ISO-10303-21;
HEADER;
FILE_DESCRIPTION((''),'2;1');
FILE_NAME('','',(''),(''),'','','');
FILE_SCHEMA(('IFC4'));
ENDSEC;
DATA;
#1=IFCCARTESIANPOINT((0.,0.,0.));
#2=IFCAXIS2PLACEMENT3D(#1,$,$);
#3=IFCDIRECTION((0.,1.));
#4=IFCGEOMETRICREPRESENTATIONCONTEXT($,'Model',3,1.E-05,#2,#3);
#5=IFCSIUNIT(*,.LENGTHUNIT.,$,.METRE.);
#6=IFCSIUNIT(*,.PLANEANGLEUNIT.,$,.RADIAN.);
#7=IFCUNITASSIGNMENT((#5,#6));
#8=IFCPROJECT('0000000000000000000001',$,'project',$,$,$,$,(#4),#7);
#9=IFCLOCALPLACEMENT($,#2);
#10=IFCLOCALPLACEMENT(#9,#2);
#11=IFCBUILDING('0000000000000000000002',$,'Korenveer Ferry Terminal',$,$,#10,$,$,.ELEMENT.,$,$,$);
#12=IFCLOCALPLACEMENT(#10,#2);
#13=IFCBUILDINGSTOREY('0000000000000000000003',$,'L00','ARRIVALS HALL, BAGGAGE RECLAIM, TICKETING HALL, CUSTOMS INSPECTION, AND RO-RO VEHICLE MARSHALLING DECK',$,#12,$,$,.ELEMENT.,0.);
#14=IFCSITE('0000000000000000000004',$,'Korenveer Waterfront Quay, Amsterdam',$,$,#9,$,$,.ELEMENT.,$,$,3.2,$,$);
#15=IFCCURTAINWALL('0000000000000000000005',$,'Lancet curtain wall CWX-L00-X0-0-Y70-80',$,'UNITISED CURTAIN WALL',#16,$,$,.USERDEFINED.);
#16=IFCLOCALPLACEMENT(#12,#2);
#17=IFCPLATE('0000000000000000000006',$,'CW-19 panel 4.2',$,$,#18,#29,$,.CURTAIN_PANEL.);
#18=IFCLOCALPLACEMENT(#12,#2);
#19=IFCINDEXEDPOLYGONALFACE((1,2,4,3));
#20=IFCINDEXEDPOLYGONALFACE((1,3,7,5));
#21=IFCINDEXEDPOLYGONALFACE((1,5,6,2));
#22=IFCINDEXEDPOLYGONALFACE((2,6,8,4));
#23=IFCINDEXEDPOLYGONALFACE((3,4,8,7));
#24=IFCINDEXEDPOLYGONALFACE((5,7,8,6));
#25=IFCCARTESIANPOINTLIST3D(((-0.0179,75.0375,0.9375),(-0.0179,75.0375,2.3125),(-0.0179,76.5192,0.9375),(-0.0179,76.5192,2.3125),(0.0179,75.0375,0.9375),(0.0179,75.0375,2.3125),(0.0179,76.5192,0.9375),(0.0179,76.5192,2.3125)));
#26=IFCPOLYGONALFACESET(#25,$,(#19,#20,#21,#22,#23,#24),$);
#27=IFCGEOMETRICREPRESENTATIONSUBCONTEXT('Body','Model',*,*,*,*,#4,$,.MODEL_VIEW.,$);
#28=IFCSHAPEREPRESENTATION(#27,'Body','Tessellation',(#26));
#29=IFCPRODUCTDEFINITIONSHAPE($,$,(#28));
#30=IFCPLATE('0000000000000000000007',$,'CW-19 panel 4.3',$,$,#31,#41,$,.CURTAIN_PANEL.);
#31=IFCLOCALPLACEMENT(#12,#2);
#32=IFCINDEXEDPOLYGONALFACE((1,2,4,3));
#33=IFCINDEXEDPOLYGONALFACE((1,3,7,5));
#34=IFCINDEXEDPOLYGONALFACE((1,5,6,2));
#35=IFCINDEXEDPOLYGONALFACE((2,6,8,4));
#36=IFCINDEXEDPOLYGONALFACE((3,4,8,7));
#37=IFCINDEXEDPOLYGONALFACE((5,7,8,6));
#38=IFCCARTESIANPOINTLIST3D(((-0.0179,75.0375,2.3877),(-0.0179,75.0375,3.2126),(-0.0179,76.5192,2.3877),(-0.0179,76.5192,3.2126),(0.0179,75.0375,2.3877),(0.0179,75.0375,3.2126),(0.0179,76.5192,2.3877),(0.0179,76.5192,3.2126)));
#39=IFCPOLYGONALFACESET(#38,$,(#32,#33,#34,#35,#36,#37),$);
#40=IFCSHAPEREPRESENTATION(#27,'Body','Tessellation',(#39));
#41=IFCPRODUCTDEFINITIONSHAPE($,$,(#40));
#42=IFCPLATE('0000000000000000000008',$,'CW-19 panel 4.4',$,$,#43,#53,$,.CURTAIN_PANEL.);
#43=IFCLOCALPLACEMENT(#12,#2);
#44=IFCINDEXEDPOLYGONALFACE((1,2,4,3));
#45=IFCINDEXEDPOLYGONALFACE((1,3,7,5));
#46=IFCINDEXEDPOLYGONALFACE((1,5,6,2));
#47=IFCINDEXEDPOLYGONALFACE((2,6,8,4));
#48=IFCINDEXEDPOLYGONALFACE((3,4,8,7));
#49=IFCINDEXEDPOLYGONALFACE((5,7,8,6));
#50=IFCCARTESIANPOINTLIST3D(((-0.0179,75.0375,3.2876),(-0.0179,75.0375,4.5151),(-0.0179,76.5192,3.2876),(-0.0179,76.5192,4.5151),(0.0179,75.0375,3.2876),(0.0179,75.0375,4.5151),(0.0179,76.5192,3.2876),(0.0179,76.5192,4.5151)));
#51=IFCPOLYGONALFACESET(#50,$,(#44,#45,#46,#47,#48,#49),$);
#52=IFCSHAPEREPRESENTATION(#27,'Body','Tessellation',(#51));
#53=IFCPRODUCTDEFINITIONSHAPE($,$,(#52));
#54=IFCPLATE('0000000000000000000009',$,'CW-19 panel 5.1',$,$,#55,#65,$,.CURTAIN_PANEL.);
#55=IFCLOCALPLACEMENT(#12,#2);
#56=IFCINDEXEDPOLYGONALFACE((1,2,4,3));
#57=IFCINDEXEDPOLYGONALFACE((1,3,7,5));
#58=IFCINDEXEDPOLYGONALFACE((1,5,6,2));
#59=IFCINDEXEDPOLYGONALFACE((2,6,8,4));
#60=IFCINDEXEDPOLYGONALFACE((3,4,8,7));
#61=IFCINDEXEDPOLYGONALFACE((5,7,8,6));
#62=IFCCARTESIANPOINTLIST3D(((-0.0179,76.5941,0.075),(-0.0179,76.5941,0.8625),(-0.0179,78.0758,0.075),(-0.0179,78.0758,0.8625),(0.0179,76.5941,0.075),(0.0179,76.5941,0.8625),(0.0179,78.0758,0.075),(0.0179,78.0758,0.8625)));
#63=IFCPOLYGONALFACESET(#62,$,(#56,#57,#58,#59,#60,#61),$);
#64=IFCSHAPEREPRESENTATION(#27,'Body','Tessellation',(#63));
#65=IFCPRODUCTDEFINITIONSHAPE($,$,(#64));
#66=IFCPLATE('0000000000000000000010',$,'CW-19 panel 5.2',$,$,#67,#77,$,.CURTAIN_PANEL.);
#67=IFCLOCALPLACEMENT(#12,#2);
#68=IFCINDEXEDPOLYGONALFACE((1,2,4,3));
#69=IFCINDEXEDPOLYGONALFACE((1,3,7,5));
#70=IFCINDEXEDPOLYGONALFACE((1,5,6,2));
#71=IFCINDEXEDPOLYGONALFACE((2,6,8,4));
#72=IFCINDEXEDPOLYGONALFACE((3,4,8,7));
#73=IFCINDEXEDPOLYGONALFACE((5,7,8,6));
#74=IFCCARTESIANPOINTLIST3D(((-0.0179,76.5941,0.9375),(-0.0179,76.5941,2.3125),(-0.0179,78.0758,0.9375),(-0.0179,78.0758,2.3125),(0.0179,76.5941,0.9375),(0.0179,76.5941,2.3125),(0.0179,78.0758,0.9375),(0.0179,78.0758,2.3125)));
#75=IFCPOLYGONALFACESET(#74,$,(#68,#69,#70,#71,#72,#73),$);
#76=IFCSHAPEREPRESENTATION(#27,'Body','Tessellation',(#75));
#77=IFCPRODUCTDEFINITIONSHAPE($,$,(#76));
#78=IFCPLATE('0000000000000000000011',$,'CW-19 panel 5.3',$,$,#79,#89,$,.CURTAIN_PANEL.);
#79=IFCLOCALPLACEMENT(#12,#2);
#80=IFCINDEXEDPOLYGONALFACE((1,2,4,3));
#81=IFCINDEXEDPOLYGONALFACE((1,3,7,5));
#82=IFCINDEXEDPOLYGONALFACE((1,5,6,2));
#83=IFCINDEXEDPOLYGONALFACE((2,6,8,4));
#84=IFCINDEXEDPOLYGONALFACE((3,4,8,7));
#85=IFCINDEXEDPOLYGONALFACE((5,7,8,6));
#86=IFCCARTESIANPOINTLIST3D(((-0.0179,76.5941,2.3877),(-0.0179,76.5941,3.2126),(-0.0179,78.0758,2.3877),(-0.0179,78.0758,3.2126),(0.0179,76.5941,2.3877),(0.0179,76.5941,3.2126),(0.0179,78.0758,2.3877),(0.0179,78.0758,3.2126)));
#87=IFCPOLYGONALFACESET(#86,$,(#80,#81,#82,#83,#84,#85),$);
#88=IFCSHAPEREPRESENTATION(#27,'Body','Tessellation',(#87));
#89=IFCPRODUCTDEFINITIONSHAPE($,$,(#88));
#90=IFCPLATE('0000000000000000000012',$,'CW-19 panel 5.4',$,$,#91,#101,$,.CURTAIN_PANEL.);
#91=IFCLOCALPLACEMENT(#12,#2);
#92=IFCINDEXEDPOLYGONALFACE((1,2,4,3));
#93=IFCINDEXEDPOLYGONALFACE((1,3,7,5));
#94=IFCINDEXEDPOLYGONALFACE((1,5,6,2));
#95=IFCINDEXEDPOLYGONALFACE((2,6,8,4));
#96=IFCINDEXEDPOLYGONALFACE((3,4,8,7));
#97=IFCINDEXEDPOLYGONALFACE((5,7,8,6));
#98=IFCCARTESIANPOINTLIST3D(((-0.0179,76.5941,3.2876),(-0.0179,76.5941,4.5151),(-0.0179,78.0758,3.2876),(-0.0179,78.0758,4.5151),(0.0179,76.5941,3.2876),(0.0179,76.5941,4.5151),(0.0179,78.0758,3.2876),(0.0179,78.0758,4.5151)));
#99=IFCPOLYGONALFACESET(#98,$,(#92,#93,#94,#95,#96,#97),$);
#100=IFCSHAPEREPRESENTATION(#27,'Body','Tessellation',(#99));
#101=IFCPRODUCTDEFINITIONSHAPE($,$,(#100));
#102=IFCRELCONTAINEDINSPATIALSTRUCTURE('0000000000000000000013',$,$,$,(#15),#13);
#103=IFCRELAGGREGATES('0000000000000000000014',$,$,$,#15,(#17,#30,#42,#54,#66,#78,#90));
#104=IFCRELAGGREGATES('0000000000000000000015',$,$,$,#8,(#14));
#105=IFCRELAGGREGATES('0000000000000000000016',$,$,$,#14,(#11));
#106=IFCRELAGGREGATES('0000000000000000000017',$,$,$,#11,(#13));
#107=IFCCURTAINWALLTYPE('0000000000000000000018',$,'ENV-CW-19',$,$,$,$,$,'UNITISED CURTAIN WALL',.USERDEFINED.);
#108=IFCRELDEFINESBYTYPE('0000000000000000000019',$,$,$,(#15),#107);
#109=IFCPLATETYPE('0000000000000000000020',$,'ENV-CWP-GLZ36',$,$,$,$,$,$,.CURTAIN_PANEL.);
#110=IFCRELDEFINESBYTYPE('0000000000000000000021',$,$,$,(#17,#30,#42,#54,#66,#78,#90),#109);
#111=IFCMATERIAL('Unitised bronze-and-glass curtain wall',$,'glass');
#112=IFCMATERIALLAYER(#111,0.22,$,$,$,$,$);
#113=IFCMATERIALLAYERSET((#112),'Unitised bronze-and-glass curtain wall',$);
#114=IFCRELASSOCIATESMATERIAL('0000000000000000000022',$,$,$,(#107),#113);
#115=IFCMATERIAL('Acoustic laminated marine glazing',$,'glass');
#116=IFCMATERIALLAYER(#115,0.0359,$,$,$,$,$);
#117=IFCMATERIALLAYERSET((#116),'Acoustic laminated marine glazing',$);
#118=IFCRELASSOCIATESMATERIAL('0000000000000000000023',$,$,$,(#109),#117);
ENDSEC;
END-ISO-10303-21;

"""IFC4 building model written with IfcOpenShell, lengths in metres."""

from ifc_helpers import new_model, si_unit, direction, frame, origin, origin_2d, place, context, subcontext, project, spatial, rectangle, extrude, material, layer, layer_set, type_object, element, aggregate, save


model = new_model("IFC4")

# Units and contexts
model_context = context("Model", 3, precision=1e-05, world=origin(), true_north=direction((0.0, 1.0)))
body_context = subcontext(model_context, "Body", "Model", "MODEL_VIEW")
ifc_project = project(units=[si_unit("LENGTHUNIT", "METRE"), si_unit("PLANEANGLEUNIT", "RADIAN")], contexts=[model_context])

# Site, building, storey
site_placement = place(None, origin())
site = spatial("IfcSite", under=ifc_project, at=site_placement, Name="Korenveer Waterfront Quay, Amsterdam", CompositionType="ELEMENT", RefElevation=3.2)
building_placement = place(site_placement, origin())
building = spatial("IfcBuilding", under=site, at=building_placement, Name="Korenveer Ferry Terminal", CompositionType="ELEMENT")
storey_placement = place(building_placement, origin())
storey = spatial("IfcBuildingStorey", under=building, at=storey_placement, Name="L00", Description="ARRIVALS HALL, BAGGAGE RECLAIM, TICKETING HALL, CUSTOMS INSPECTION, AND RO-RO VEHICLE MARSHALLING DECK", CompositionType="ELEMENT", Elevation=0.0)

# Curtain wall, plates
ifc_material_1 = material(Name="Unitised bronze-and-glass curtain wall", Category="glass")
ifc_layer_1 = layer(ifc_material_1, 0.22)
ifc_layer_set_1 = layer_set([ifc_layer_1], Name="Unitised bronze-and-glass curtain wall")
curtain_wall_type = type_object("IfcCurtainWallType", Name="ENV-CW-19", ElementType="UNITISED CURTAIN WALL", PredefinedType="USERDEFINED", material=ifc_layer_set_1)
curtain_wall_placement = place(storey_placement, frame((0.0, 70.3301, 0.0)))
curtain_wall = element("IfcCurtainWall", 1, at=curtain_wall_placement, inside=storey, type_object=curtain_wall_type, Name="Lancet curtain wall CWX-L00-X0-0-Y70-80", ObjectType="UNITISED CURTAIN WALL", PredefinedType="USERDEFINED")
ifc_material_2 = material(Name="Acoustic laminated marine glazing", Category="glass")
ifc_layer_2 = layer(ifc_material_2, 0.0359)
ifc_layer_set_2 = layer_set([ifc_layer_2], Name="Acoustic laminated marine glazing")
plate_type = type_object("IfcPlateType", Name="ENV-CWP-GLZ36", PredefinedType="CURTAIN_PANEL", material=ifc_layer_set_2)
plate_1_placement = place(storey_placement, frame((0.0, 75.7783, 0.9375), z_axis=(0.0, 0.0, 1.0), x_axis=(0.0, 1.0, 0.0)))
plate_1 = element("IfcPlate", 2, at=plate_1_placement, type_object=plate_type, Name="CW-19 panel 4.2", PredefinedType="CURTAIN_PANEL", context=body_context, shape_type="SweptSolid", body=[
    extrude(rectangle(XDim=1.4817, YDim=0.0359, at=origin_2d()), origin(), (0.0, 0.0, 1.0), 1.375),
])
plate_2_placement = place(storey_placement, frame((0.0, 75.7783, 2.3877), z_axis=(0.0, 0.0, 1.0), x_axis=(0.0, 1.0, 0.0)))
plate_2 = element("IfcPlate", 3, at=plate_2_placement, type_object=plate_type, Name="CW-19 panel 4.3", PredefinedType="CURTAIN_PANEL", context=body_context, shape_type="SweptSolid", body=[
    extrude(rectangle(XDim=1.4817, YDim=0.0359, at=origin_2d()), origin(), (0.0, 0.0, 1.0), 0.825),
])
plate_3_placement = place(storey_placement, frame((0.0, 75.7783, 3.2876), z_axis=(0.0, 0.0, 1.0), x_axis=(0.0, 1.0, 0.0)))
plate_3 = element("IfcPlate", 4, at=plate_3_placement, type_object=plate_type, Name="CW-19 panel 4.4", PredefinedType="CURTAIN_PANEL", context=body_context, shape_type="SweptSolid", body=[
    extrude(rectangle(XDim=1.4817, YDim=0.0359, at=origin_2d()), origin(), (0.0, 0.0, 1.0), 1.2275),
])
plate_4_placement = place(storey_placement, frame((0.0, 77.335, 0.075), z_axis=(0.0, 0.0, 1.0), x_axis=(0.0, 1.0, 0.0)))
plate_4 = element("IfcPlate", 5, at=plate_4_placement, type_object=plate_type, Name="CW-19 panel 5.1", PredefinedType="CURTAIN_PANEL", context=body_context, shape_type="SweptSolid", body=[
    extrude(rectangle(XDim=1.4817, YDim=0.0359, at=origin_2d()), origin(), (0.0, 0.0, 1.0), 0.7876),
])
plate_5_placement = place(storey_placement, frame((0.0, 77.335, 0.9375), z_axis=(0.0, 0.0, 1.0), x_axis=(0.0, 1.0, 0.0)))
plate_5 = element("IfcPlate", 6, at=plate_5_placement, type_object=plate_type, Name="CW-19 panel 5.2", PredefinedType="CURTAIN_PANEL", context=body_context, shape_type="SweptSolid", body=[
    extrude(rectangle(XDim=1.4817, YDim=0.0359, at=origin_2d()), origin(), (0.0, 0.0, 1.0), 1.375),
])
plate_6_placement = place(storey_placement, frame((0.0, 77.335, 2.3877), z_axis=(0.0, 0.0, 1.0), x_axis=(0.0, 1.0, 0.0)))
plate_6 = element("IfcPlate", 7, at=plate_6_placement, type_object=plate_type, Name="CW-19 panel 5.3", PredefinedType="CURTAIN_PANEL", context=body_context, shape_type="SweptSolid", body=[
    extrude(rectangle(XDim=1.4817, YDim=0.0359, at=origin_2d()), origin(), (0.0, 0.0, 1.0), 0.825),
])
plate_7_placement = place(storey_placement, frame((0.0, 77.335, 3.2876), z_axis=(0.0, 0.0, 1.0), x_axis=(0.0, 1.0, 0.0)))
plate_7 = element("IfcPlate", 8, at=plate_7_placement, type_object=plate_type, Name="CW-19 panel 5.4", PredefinedType="CURTAIN_PANEL", context=body_context, shape_type="SweptSolid", body=[
    extrude(rectangle(XDim=1.4817, YDim=0.0359, at=origin_2d()), origin(), (0.0, 0.0, 1.0), 1.2275),
])
aggregate(curtain_wall, [plate_1, plate_2, plate_3, plate_4, plate_5, plate_6, plate_7])

save(model, "model.ifc")
